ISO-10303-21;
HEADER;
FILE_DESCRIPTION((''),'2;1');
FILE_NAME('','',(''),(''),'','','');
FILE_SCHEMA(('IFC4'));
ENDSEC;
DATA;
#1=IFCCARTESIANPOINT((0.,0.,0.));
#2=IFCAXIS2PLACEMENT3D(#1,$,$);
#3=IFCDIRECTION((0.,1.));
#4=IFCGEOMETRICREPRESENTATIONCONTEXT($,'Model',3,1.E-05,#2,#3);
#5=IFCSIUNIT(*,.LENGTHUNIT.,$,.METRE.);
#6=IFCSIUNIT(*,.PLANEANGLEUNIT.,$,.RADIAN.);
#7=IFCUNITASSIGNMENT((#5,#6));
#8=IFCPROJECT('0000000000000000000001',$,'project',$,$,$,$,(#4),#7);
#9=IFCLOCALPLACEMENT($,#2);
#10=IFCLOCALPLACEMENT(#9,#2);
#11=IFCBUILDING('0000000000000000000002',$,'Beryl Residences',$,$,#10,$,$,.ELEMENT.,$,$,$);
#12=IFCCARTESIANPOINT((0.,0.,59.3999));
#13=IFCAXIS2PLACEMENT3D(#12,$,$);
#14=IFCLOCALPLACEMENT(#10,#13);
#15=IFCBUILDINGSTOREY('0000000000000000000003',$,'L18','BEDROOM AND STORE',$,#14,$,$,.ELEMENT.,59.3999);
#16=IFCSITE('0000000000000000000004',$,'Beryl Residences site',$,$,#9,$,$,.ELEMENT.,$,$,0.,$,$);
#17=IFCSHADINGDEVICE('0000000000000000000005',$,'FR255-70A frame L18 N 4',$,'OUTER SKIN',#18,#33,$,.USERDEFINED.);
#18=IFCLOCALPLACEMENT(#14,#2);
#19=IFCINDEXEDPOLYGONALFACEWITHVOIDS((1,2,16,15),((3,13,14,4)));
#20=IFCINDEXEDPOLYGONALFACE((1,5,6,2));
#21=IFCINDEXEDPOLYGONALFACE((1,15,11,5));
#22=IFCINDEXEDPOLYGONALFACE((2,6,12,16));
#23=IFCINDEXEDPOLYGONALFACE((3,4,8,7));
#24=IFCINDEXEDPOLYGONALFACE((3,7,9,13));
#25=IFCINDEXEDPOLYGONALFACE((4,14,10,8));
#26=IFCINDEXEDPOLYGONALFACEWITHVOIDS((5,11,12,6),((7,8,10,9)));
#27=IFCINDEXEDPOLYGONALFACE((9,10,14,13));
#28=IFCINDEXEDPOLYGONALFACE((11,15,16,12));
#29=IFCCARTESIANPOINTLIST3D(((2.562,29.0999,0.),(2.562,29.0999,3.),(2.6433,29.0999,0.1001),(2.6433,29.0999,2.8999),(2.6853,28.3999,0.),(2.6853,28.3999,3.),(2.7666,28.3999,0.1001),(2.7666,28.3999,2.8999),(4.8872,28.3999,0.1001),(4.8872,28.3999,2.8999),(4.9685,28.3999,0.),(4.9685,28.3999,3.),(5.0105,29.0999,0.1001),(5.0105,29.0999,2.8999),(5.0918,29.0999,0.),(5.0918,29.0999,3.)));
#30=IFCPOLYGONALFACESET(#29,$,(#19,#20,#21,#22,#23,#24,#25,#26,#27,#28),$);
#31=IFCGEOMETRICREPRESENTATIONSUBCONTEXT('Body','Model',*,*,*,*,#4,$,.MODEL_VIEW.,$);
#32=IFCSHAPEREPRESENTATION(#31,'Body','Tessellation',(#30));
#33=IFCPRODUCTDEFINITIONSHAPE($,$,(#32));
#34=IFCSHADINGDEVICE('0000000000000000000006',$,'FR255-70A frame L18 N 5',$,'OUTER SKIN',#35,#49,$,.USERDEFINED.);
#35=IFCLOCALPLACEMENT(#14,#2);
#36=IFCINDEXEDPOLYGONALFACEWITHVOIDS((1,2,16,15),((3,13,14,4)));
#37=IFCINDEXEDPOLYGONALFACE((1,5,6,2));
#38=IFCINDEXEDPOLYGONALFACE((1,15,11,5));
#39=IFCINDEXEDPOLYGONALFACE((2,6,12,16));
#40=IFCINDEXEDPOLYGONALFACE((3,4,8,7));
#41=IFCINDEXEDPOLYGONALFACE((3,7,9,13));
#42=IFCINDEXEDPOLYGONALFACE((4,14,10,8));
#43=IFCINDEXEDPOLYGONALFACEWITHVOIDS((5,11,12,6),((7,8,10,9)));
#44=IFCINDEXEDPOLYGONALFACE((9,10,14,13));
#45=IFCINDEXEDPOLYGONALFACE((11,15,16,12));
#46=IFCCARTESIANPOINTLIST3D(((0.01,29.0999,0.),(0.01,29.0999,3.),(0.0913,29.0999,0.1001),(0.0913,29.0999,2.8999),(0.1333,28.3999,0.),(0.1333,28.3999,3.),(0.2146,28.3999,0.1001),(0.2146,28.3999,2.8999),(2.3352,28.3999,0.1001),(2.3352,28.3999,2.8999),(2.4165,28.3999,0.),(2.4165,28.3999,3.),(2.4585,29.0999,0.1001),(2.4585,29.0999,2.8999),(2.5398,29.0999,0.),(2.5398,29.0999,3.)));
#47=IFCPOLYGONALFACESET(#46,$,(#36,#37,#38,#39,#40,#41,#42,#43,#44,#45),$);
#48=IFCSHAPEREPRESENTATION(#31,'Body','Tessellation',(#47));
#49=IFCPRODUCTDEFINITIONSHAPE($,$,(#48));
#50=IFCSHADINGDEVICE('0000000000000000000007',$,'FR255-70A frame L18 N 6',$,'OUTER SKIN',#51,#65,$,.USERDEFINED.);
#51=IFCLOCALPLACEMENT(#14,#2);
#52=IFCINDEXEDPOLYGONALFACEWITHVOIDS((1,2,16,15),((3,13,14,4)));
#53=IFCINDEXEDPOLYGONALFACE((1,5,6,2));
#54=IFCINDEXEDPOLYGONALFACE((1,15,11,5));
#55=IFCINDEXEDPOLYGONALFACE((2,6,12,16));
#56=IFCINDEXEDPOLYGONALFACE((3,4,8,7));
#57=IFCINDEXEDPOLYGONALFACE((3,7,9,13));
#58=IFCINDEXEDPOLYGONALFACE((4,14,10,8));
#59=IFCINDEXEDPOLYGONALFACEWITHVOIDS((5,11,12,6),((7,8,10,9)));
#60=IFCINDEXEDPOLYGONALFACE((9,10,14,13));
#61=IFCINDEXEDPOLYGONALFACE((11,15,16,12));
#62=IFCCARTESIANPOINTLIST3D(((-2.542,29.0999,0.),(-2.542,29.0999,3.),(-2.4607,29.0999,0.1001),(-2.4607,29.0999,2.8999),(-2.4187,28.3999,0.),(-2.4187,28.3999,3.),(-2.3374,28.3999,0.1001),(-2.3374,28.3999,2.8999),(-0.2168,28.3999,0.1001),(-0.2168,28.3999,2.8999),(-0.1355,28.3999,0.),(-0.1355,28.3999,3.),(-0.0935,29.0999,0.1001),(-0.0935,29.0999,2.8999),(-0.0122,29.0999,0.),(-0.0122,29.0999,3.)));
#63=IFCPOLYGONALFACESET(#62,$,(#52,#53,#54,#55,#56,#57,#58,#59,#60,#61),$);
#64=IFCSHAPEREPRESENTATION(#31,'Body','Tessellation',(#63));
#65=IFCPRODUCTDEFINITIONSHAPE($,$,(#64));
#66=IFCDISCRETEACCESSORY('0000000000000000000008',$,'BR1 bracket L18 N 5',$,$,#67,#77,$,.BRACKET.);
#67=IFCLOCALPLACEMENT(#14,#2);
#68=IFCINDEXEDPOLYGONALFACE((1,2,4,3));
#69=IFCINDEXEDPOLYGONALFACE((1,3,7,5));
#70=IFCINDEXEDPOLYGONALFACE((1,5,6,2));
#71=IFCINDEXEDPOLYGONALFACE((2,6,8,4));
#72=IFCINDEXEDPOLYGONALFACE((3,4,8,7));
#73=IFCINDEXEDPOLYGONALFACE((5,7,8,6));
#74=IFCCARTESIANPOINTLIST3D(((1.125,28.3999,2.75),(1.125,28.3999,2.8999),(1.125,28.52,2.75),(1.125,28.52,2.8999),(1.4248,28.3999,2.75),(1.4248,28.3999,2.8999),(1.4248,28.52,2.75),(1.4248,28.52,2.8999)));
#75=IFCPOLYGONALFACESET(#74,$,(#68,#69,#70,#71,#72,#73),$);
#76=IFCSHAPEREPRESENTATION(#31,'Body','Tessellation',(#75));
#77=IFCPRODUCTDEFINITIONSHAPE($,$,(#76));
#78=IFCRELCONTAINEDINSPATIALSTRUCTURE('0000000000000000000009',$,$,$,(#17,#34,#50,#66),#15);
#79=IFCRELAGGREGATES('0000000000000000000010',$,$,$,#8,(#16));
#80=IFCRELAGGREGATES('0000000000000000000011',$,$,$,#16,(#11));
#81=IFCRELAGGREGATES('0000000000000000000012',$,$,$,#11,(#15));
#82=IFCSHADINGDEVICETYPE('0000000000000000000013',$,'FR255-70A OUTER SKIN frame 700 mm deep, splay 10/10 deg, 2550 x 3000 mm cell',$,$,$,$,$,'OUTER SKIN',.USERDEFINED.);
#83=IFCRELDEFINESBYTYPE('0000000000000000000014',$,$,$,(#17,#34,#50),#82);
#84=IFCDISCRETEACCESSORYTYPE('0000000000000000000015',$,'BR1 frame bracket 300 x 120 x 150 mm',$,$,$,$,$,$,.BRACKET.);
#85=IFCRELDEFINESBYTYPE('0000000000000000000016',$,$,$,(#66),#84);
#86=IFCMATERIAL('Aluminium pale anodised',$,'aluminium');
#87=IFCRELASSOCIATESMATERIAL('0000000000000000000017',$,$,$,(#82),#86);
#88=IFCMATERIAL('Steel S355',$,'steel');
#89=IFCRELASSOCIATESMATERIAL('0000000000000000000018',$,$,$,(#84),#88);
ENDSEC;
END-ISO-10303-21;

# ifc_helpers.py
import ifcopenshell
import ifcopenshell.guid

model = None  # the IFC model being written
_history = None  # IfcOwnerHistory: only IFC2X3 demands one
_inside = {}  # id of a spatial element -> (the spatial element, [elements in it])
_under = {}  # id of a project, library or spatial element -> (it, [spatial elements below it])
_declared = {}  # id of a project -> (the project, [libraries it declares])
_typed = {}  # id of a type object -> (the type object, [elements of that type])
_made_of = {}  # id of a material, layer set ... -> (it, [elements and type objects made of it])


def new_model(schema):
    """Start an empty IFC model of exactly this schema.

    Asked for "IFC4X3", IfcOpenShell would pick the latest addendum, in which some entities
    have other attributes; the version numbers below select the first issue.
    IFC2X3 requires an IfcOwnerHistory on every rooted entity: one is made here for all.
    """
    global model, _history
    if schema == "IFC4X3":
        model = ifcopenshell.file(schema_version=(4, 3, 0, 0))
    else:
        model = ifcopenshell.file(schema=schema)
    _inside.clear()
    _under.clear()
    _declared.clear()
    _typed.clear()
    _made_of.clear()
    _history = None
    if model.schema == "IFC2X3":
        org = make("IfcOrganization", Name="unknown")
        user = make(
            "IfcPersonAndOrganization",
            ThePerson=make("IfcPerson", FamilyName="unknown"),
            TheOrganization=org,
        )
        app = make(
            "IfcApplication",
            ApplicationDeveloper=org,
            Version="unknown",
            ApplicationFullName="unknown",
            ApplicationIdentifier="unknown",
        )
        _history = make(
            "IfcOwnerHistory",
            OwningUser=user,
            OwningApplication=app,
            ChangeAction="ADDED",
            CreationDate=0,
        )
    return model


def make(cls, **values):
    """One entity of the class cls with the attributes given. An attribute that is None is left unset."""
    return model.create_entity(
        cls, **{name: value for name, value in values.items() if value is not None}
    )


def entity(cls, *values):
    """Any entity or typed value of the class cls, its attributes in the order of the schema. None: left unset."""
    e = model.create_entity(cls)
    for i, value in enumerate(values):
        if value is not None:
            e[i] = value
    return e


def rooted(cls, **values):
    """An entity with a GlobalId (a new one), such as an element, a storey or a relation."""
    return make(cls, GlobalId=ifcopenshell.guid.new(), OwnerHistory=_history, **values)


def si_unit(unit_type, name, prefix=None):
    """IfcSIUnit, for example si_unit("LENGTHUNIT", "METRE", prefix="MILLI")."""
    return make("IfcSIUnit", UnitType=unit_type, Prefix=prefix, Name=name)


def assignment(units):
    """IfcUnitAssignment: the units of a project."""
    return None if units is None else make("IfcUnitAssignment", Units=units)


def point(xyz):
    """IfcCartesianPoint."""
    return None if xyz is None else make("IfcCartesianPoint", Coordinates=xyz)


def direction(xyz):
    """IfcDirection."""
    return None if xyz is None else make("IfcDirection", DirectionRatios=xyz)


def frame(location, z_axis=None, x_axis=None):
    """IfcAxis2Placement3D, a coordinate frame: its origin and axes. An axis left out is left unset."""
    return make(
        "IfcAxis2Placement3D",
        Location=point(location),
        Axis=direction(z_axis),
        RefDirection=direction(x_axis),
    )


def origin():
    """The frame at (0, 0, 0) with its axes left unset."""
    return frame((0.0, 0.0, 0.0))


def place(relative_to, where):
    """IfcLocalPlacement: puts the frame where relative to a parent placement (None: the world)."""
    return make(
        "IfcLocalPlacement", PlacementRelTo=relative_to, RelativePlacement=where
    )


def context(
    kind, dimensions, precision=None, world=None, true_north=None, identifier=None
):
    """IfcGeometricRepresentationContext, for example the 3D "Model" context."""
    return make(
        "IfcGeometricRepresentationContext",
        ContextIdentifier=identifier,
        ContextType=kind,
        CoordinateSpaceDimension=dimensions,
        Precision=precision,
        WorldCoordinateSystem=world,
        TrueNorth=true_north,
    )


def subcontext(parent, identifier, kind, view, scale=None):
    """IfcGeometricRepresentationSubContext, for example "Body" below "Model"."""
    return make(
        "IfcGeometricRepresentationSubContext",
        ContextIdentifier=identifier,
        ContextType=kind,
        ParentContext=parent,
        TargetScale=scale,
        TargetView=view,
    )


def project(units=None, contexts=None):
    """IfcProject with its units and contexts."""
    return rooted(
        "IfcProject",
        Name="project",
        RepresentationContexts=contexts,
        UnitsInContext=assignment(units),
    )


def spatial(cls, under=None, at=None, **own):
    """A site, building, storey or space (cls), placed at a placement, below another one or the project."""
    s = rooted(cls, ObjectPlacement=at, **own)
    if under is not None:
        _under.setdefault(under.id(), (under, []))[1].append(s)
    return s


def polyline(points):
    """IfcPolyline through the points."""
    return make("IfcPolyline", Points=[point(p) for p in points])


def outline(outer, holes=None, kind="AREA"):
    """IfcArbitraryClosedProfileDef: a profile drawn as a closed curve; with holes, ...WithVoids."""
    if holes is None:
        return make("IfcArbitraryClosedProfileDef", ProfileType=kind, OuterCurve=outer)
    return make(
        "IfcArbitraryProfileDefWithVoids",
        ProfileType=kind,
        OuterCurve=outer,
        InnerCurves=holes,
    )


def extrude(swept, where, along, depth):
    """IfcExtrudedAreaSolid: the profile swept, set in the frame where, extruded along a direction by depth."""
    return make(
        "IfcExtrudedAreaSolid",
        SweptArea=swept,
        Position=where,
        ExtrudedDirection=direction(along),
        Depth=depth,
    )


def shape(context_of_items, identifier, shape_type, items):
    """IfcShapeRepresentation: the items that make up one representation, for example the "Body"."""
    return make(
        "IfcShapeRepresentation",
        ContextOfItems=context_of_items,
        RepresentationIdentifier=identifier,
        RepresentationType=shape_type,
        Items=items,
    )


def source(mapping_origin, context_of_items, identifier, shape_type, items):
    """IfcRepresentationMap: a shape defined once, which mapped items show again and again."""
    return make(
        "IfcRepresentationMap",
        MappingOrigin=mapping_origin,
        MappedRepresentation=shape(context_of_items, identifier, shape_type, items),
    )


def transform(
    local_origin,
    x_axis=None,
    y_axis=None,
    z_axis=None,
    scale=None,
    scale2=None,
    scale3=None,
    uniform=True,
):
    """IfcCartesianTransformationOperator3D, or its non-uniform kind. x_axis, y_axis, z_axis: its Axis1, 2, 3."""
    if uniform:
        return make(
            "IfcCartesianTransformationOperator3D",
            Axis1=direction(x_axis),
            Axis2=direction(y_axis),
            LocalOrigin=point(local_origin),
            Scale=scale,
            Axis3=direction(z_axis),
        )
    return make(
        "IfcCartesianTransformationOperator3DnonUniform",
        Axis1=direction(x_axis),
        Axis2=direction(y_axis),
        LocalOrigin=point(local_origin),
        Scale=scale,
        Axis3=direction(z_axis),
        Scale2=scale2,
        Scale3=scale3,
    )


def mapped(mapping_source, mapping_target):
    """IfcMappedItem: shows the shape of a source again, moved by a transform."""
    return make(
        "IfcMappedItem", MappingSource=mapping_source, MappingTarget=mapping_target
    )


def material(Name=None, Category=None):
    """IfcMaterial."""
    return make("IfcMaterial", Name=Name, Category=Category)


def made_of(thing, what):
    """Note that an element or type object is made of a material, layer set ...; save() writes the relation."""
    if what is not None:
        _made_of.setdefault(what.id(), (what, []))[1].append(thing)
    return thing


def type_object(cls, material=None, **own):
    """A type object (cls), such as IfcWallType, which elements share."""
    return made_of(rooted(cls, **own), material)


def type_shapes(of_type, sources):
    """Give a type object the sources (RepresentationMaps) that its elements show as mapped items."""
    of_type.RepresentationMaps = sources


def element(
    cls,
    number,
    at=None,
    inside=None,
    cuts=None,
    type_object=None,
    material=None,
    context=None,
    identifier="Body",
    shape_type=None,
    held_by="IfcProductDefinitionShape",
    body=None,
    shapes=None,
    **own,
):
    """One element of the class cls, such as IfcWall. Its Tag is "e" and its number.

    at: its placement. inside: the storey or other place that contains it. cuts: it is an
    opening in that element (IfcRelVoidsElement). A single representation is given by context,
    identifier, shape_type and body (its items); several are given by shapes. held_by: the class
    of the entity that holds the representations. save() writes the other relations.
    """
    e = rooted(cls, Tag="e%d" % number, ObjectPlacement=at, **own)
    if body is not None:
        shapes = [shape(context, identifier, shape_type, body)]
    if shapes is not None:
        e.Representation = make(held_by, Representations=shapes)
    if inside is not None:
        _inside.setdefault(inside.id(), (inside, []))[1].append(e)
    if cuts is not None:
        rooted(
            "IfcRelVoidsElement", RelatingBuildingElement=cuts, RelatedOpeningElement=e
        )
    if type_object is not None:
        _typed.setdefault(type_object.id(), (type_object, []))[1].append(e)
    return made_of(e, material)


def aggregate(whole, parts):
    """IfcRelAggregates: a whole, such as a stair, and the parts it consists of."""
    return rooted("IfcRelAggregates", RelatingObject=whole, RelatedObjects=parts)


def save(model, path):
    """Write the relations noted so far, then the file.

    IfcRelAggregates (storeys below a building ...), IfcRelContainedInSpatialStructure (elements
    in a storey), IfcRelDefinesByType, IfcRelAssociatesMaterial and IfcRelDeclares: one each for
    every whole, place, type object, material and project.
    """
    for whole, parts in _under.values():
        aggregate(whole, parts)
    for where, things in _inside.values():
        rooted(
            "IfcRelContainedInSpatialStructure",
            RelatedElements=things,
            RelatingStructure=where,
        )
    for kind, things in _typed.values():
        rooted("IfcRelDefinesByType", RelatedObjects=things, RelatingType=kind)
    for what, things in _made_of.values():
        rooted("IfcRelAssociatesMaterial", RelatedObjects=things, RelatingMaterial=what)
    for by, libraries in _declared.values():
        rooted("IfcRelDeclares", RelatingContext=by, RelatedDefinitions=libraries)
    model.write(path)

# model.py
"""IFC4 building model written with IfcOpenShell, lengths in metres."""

from ifc_helpers import new_model, entity, si_unit, direction, frame, origin, place, context, subcontext, project, spatial, polyline, outline, extrude, source, transform, mapped, material, type_object, type_shapes, element, save


model = new_model("IFC4")

# Units and contexts
model_context = context("Model", 3, precision=1e-05, world=origin(), true_north=direction((0.0, 1.0)))
body_context = subcontext(model_context, "Body", "Model", "MODEL_VIEW")
ifc_project = project(units=[si_unit("LENGTHUNIT", "METRE"), si_unit("PLANEANGLEUNIT", "RADIAN")], contexts=[model_context])

# Site, building, storey
site_placement = place(None, origin())
site = spatial("IfcSite", under=ifc_project, at=site_placement, Name="Beryl Residences site", CompositionType="ELEMENT", RefElevation=0.0)
building_placement = place(site_placement, origin())
building = spatial("IfcBuilding", under=site, at=building_placement, Name="Beryl Residences", CompositionType="ELEMENT")
storey_placement = place(building_placement, frame((0.0, 0.0, 59.3999)))
storey = spatial("IfcBuildingStorey", under=building, at=storey_placement, Name="L18", Description="BEDROOM AND STORE", CompositionType="ELEMENT", Elevation=59.3999)

# Shading devices
ifc_material_1 = material(Name="Aluminium pale anodised", Category="aluminium")
shading_device_type = type_object("IfcShadingDeviceType", Name="FR255-70A OUTER SKIN frame 700 mm deep, splay 10/10 deg, 2550 x 3000 mm cell", ElementType="OUTER SKIN", PredefinedType="USERDEFINED", material=ifc_material_1)
cartesian_point_1 = entity("IfcCartesianPoint", [-1.1416, 0.0])
cartesian_point_2 = entity("IfcCartesianPoint", [-1.0603, 0.1001])
cartesian_point_3 = entity("IfcCartesianPoint", [-1.2649, 0.0])
cartesian_point_4 = entity("IfcCartesianPoint", [-1.1836, 0.1001])
shared_shape_1 = source(origin(), body_context, "Body", "SweptSolid", [
    entity("IfcExtrudedAreaSolidTapered", entity("IfcArbitraryProfileDefWithVoids", "AREA", None, entity("IfcPolyline", [cartesian_point_1, entity("IfcCartesianPoint", [1.1416, 0.0]), entity("IfcCartesianPoint", [1.1416, 3.0]), entity("IfcCartesianPoint", [-1.1416, 3.0]), cartesian_point_1]), [entity("IfcPolyline", [cartesian_point_2, entity("IfcCartesianPoint", [1.0603, 0.1001]), entity("IfcCartesianPoint", [1.0603, 2.8999]), entity("IfcCartesianPoint", [-1.0603, 2.8999]), cartesian_point_2])]), entity("IfcAxis2Placement3D", entity("IfcCartesianPoint", [0.0, 0.0, 0.0]), entity("IfcDirection", [0.0, 1.0, 0.0]), entity("IfcDirection", [-1.0, 0.0, 0.0])), entity("IfcDirection", [0.0, 0.0, 1.0]), 0.7, entity("IfcArbitraryProfileDefWithVoids", "AREA", None, entity("IfcPolyline", [cartesian_point_3, entity("IfcCartesianPoint", [1.2649, 0.0]), entity("IfcCartesianPoint", [1.2649, 3.0]), entity("IfcCartesianPoint", [-1.2649, 3.0]), cartesian_point_3]), [entity("IfcPolyline", [cartesian_point_4, entity("IfcCartesianPoint", [1.1836, 0.1001]), entity("IfcCartesianPoint", [1.1836, 2.8999]), entity("IfcCartesianPoint", [-1.1836, 2.8999]), cartesian_point_4])])),
])
type_shapes(shading_device_type, [shared_shape_1])
for number, where, z_axis, x_axis, name in (
    (1, (3.8269, 28.3999, 0.0), (0.0, 0.0, 1.0), (1.0, 0.0, 0.0), "FR255-70A frame L18 N 4"),
    (2, (1.2749, 28.3999, 0.0), (0.0, 0.0, 1.0), (1.0, 0.0, 0.0), "FR255-70A frame L18 N 5"),
    (3, (-1.2771, 28.3999, 0.0), (0.0, 0.0, 1.0), (1.0, 0.0, 0.0), "FR255-70A frame L18 N 6"),
):
    element("IfcShadingDevice", number, at=place(storey_placement, frame(where, z_axis=z_axis, x_axis=x_axis)), inside=storey, type_object=shading_device_type, Name=name, ObjectType="OUTER SKIN", PredefinedType="USERDEFINED", context=body_context, shape_type="MappedRepresentation", body=[
        mapped(shared_shape_1, transform((0.0, 0.0, 0.0))),
    ])

# Discrete accessory
ifc_material_2 = material(Name="Steel S355", Category="steel")
discrete_accessory_type = type_object("IfcDiscreteAccessoryType", Name="BR1 frame bracket 300 x 120 x 150 mm", PredefinedType="BRACKET", material=ifc_material_2)
shared_shape_2 = source(origin(), body_context, "Body", "SweptSolid", [
    extrude(outline(polyline([(-0.1499, 0.0), (0.1499, 0.0), (0.1499, 0.1201), (-0.1499, 0.1201), (-0.1499, 0.0)])), origin(), (0.0, 0.0, 1.0), 0.1499),
])
type_shapes(discrete_accessory_type, [shared_shape_2])
discrete_accessory_placement = place(storey_placement, frame((1.2749, 28.3999, 2.75), z_axis=(0.0, 0.0, 1.0), x_axis=(1.0, 0.0, 0.0)))
element("IfcDiscreteAccessory", 4, at=discrete_accessory_placement, inside=storey, type_object=discrete_accessory_type, Name="BR1 bracket L18 N 5", PredefinedType="BRACKET", context=body_context, shape_type="MappedRepresentation", body=[
    mapped(shared_shape_2, transform((0.0, 0.0, 0.0))),
])

save(model, "model.ifc")
